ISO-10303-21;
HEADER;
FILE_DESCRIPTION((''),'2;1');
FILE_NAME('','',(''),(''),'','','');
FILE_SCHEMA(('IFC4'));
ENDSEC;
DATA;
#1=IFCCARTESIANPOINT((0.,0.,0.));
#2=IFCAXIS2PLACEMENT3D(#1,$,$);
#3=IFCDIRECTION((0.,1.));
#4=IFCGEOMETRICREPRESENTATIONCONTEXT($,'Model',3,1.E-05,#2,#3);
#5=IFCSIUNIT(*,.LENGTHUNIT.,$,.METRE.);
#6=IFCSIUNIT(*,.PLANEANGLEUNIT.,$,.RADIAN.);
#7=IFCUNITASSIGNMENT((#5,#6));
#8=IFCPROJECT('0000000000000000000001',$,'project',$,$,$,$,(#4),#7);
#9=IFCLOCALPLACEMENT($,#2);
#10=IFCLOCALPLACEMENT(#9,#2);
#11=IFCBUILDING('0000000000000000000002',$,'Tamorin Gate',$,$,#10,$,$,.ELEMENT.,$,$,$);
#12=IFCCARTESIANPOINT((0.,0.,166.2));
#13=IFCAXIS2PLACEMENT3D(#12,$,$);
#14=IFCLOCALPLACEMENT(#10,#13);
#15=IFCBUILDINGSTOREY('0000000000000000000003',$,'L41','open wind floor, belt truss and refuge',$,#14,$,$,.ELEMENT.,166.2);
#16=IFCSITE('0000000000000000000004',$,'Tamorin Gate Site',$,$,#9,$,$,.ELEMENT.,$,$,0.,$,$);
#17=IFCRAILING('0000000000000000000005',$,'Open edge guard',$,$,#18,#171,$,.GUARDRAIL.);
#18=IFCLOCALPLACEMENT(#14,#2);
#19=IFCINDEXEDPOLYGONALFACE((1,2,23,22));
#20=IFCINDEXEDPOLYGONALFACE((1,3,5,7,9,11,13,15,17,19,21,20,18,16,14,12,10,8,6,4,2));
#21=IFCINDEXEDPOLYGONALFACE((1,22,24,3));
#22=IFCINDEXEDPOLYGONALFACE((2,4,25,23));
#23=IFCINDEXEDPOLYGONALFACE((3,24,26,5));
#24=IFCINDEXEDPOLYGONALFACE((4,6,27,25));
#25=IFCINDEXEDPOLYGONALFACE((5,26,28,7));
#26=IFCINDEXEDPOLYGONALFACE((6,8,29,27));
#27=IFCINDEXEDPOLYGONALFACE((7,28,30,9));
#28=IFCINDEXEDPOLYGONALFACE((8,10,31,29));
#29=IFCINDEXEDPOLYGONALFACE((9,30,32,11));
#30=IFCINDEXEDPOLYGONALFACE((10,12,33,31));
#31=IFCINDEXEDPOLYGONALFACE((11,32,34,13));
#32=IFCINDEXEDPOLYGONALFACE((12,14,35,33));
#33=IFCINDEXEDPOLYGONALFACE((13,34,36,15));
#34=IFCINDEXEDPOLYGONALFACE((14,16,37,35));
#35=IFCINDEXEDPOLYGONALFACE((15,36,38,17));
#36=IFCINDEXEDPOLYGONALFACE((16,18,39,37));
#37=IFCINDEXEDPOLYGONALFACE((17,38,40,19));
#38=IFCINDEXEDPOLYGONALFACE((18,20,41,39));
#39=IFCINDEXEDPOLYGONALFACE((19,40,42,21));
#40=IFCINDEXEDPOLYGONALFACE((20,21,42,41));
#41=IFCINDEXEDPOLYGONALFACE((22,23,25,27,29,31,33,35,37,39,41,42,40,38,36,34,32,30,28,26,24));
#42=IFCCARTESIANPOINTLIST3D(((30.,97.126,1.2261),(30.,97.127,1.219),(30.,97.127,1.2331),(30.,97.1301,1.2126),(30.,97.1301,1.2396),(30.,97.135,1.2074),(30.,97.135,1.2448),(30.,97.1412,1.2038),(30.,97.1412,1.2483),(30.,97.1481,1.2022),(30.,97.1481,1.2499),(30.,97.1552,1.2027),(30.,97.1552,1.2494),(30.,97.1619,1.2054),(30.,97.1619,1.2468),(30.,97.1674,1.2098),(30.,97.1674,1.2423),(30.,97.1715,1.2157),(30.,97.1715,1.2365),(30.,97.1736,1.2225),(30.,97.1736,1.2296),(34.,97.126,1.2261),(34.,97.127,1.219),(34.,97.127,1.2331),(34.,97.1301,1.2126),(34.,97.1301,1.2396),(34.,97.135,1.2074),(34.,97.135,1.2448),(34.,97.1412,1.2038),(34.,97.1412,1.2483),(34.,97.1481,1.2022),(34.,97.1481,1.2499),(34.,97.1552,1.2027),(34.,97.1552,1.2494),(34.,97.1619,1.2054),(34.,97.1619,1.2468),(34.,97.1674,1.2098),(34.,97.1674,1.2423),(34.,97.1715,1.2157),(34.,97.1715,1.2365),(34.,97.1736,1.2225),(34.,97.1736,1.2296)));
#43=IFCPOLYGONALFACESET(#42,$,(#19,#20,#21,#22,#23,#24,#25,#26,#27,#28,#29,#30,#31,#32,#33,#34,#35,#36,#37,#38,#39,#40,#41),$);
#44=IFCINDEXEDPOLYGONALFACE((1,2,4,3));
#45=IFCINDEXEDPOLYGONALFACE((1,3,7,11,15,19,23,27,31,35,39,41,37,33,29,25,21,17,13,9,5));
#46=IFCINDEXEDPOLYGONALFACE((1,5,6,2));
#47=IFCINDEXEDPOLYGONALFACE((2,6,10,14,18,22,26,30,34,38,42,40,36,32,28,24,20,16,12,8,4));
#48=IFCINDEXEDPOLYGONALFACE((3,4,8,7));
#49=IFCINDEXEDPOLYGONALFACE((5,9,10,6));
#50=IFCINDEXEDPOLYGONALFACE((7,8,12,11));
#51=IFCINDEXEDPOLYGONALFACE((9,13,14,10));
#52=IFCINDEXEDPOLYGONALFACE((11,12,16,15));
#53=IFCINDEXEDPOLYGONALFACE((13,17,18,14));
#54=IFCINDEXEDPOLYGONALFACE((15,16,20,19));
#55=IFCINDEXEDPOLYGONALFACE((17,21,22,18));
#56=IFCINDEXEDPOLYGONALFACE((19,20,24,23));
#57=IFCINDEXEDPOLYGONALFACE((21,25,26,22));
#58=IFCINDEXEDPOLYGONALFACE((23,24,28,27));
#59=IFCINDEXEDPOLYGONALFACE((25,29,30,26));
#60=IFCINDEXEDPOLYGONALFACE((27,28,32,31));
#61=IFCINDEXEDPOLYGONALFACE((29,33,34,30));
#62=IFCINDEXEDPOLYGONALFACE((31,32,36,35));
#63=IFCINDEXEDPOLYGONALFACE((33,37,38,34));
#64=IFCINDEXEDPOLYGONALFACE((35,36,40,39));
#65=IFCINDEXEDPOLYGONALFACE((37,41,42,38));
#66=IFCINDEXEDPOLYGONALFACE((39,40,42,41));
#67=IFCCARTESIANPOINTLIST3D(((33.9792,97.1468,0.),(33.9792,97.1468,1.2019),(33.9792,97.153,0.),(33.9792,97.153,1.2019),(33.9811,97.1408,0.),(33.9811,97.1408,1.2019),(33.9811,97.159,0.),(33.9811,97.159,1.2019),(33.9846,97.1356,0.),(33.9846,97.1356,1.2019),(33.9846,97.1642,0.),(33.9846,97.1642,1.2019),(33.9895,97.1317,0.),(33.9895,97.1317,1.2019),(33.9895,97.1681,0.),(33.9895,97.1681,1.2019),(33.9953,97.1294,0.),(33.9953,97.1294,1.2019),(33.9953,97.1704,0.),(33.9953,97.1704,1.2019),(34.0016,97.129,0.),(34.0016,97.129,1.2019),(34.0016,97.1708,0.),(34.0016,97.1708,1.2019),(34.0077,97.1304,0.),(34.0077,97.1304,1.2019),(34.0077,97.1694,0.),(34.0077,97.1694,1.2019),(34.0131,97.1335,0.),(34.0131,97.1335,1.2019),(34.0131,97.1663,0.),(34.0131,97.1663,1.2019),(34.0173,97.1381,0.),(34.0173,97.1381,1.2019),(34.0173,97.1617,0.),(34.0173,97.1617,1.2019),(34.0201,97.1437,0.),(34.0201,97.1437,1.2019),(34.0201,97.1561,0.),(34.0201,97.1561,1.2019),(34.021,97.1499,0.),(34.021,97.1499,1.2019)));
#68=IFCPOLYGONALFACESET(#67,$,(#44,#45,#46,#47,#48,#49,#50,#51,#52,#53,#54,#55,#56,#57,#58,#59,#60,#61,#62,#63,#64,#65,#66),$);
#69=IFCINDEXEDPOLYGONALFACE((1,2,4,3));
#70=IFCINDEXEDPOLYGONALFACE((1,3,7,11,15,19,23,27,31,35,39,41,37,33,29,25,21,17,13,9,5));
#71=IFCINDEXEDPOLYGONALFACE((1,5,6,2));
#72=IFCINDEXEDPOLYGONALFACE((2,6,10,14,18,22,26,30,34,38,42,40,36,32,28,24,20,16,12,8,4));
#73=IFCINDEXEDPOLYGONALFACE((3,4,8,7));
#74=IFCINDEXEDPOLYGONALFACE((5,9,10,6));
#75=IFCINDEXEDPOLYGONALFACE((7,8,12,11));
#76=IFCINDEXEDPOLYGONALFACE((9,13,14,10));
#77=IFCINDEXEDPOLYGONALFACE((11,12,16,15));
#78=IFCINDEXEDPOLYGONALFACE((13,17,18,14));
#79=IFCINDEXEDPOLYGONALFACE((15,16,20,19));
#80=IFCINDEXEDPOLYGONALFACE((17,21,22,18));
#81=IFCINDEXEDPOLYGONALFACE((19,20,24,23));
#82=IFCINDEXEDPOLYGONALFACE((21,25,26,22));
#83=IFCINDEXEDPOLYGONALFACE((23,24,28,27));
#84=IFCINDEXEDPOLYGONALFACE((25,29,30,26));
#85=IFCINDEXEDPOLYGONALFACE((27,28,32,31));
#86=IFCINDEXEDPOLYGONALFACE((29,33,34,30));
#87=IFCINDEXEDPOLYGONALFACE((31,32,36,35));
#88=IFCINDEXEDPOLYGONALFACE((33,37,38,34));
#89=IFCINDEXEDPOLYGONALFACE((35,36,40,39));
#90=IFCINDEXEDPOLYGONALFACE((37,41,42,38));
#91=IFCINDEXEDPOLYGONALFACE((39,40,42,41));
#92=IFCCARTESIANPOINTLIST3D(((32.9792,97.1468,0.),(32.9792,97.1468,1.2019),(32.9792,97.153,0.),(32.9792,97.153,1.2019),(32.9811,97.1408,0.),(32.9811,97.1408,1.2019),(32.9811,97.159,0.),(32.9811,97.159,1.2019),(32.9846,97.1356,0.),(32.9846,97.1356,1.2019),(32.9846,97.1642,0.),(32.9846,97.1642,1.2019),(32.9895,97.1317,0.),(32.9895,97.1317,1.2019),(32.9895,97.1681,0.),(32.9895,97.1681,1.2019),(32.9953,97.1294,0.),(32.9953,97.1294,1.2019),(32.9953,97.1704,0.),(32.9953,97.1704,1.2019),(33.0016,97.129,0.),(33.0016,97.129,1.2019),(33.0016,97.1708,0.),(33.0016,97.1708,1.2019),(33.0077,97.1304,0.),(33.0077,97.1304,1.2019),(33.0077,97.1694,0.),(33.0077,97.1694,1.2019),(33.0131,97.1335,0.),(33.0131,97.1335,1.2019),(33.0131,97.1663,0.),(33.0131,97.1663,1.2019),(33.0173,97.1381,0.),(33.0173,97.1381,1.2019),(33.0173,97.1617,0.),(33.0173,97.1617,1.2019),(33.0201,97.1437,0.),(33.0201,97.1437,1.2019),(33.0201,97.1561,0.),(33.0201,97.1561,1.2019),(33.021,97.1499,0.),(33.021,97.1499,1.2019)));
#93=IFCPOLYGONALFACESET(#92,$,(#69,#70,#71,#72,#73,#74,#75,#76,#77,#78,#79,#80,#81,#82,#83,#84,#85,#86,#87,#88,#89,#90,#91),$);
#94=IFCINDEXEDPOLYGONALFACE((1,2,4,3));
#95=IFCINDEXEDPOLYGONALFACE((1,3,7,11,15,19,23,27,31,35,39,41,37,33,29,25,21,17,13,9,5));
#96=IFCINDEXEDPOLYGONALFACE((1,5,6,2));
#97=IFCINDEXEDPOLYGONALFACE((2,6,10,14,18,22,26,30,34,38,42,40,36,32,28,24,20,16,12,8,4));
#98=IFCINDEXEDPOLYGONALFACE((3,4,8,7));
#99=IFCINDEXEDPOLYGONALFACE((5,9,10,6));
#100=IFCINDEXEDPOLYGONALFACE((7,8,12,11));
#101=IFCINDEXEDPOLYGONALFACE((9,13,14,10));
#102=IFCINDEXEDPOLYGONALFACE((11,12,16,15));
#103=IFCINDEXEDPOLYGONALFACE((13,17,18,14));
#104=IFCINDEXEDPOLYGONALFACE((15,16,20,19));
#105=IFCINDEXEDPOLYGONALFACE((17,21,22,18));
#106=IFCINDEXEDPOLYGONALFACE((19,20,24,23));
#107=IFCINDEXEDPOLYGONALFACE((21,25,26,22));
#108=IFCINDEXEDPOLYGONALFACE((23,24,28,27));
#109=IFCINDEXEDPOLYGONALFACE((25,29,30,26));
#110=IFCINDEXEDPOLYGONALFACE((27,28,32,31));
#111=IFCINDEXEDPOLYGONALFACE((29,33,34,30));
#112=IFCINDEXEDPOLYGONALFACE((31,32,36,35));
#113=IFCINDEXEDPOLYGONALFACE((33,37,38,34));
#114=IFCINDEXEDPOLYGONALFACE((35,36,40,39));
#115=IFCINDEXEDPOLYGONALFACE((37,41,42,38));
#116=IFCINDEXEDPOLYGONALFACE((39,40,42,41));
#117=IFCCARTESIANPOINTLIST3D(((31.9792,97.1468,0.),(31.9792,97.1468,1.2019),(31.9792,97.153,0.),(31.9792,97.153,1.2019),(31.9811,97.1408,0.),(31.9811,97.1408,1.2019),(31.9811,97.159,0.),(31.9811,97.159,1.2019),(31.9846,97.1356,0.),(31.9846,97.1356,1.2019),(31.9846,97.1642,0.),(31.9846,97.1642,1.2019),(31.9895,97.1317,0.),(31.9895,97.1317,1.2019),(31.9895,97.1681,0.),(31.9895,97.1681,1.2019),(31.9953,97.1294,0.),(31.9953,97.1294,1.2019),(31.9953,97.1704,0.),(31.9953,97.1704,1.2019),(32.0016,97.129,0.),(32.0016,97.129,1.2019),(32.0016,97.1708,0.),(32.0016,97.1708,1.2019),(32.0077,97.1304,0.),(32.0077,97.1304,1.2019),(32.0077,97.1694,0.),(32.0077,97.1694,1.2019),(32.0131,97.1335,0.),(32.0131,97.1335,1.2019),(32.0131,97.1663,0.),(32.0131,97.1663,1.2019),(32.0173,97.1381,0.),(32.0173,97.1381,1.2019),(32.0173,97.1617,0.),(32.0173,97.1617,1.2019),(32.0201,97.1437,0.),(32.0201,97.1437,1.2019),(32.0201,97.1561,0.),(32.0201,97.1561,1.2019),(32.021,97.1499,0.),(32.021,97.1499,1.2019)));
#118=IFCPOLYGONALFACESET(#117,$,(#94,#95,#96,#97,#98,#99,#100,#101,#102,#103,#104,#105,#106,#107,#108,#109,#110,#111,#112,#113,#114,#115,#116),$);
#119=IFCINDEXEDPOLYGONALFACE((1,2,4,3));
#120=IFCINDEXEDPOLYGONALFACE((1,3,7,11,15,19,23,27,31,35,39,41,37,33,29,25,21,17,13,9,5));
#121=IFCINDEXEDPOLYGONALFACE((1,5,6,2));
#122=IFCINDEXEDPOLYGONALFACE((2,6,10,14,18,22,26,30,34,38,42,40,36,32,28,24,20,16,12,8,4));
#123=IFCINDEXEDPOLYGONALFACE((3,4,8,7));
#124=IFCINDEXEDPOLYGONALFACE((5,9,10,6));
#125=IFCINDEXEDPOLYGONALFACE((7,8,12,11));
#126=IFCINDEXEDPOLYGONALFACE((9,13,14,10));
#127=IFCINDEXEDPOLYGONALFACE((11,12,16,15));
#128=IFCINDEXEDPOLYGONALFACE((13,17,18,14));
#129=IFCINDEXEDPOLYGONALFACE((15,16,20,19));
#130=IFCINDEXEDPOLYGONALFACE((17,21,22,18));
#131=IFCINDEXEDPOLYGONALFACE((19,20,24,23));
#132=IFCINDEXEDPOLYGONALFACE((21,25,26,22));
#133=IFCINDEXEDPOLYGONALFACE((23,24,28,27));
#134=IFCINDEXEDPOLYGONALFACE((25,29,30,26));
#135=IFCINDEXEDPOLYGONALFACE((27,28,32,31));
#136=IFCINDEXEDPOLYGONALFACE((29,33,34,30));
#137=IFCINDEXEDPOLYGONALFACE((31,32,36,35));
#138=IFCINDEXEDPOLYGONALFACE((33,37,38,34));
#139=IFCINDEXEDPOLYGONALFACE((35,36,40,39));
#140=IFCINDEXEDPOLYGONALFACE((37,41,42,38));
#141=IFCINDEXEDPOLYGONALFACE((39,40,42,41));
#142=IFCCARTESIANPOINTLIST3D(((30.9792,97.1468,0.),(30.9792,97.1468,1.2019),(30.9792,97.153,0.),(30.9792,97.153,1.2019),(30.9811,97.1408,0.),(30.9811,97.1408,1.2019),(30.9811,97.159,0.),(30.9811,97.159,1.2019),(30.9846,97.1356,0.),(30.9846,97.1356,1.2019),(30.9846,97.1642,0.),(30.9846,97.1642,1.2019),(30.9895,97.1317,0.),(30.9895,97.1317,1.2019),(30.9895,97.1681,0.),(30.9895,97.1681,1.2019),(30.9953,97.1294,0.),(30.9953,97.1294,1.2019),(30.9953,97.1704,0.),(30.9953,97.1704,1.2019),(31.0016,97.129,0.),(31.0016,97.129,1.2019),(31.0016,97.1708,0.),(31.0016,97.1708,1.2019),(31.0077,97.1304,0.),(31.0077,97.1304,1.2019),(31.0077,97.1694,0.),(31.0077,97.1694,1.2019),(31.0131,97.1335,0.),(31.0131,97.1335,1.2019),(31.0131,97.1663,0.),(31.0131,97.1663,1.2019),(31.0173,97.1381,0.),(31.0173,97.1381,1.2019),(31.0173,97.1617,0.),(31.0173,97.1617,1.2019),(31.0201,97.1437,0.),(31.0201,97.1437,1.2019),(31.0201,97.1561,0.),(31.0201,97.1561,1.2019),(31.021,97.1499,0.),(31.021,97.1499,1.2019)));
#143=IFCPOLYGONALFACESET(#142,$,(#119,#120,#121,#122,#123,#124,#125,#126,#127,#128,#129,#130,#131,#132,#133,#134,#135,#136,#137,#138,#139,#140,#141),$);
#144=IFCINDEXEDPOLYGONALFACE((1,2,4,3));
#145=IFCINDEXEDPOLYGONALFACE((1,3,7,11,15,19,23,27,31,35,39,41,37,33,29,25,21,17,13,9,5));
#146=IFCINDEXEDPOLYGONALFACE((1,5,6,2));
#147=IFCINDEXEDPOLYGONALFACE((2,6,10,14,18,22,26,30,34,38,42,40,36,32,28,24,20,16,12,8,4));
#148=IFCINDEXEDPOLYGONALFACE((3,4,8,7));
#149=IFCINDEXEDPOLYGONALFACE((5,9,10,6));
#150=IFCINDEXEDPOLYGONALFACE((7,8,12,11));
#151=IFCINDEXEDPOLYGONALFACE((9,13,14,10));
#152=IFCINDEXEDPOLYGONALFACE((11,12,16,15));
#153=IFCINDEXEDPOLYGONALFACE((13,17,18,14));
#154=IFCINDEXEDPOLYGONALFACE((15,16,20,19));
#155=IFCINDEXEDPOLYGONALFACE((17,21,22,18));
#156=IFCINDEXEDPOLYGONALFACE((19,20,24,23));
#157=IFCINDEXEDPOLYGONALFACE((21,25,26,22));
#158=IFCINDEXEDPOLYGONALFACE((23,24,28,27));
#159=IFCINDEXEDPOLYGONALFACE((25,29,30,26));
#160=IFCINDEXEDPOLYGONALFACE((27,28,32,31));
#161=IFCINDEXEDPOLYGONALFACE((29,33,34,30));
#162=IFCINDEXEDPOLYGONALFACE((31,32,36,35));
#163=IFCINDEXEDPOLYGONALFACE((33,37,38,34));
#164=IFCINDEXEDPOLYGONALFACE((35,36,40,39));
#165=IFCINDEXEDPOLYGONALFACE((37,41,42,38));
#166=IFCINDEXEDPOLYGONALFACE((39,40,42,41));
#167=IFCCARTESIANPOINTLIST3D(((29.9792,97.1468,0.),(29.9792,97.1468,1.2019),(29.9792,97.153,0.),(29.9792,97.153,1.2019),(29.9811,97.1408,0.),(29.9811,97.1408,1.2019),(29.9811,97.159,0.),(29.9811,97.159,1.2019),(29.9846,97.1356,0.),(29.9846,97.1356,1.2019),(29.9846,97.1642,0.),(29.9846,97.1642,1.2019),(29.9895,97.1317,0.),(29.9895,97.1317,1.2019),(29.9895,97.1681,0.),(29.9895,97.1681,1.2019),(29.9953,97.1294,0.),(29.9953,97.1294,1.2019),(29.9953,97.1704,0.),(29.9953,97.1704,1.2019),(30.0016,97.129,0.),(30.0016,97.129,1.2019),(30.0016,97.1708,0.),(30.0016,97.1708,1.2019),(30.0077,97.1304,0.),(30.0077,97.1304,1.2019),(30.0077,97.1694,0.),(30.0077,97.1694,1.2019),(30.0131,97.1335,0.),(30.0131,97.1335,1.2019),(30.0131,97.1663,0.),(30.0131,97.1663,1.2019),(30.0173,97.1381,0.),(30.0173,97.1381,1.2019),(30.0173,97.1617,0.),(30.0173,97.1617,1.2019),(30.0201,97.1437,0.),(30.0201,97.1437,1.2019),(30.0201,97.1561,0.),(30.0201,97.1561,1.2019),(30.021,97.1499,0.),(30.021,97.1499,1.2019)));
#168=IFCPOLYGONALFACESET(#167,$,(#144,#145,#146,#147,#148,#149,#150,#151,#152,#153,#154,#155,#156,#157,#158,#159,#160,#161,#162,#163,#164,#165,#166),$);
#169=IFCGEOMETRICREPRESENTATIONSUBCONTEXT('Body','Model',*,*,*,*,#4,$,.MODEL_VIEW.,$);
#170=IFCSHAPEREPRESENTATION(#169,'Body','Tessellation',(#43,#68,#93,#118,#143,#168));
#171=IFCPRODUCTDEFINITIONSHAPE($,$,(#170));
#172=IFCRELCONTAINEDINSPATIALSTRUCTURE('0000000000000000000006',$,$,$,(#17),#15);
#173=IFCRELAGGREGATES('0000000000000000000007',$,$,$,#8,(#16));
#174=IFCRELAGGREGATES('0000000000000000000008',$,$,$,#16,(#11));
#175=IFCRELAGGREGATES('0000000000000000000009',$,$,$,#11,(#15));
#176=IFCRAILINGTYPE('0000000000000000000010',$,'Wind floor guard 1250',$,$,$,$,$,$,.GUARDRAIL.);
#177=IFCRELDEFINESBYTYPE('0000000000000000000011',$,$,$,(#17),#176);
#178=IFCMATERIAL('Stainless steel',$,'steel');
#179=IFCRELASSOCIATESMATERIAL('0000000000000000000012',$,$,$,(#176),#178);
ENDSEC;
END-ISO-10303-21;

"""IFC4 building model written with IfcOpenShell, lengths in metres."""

from ifc_helpers import new_model, si_unit, direction, frame, origin, origin_2d, place, context, subcontext, project, spatial, circle, extrude, material, type_object, element, save


model = new_model("IFC4")

# Units and contexts
model_context = context("Model", 3, precision=1e-05, world=origin(), true_north=direction((0.0, 1.0)))
body_context = subcontext(model_context, "Body", "Model", "MODEL_VIEW")
ifc_project = project(units=[si_unit("LENGTHUNIT", "METRE"), si_unit("PLANEANGLEUNIT", "RADIAN")], contexts=[model_context])

# Site, building, storey
site_placement = place(None, origin())
site = spatial("IfcSite", under=ifc_project, at=site_placement, Name="Tamorin Gate Site", CompositionType="ELEMENT", RefElevation=0.0)
building_placement = place(site_placement, origin())
building = spatial("IfcBuilding", under=site, at=building_placement, Name="Tamorin Gate", CompositionType="ELEMENT")
storey_placement = place(building_placement, frame((0.0, 0.0, 166.2)))
storey = spatial("IfcBuildingStorey", under=building, at=storey_placement, Name="L41", Description="open wind floor, belt truss and refuge", CompositionType="ELEMENT", Elevation=166.2)

# Railing
ifc_material_1 = material(Name="Stainless steel", Category="steel")
railing_type = type_object("IfcRailingType", Name="Wind floor guard 1250", PredefinedType="GUARDRAIL", material=ifc_material_1)
railing_1_placement = place(storey_placement, frame((34.0, 97.1499, 0.0)))
element("IfcRailing", 1, at=railing_1_placement, inside=storey, type_object=railing_type, Name="Open edge guard", PredefinedType="GUARDRAIL", context=body_context, shape_type="SweptSolid", body=[
    extrude(circle(Radius=0.0239, at=origin_2d()), frame((0.0, 0.0, 1.2261), z_axis=(-1.0, 0.0, 0.0), x_axis=(0.0, -1.0, 0.0)), (0.0, 0.0, 1.0), 4.0),
    extrude(circle(Radius=0.021, at=origin_2d()), origin(), (0.0, 0.0, 1.0), 1.2019),
    extrude(circle(Radius=0.021, at=origin_2d()), frame((-1.0, 0.0, 0.0)), (0.0, 0.0, 1.0), 1.2019),
    extrude(circle(Radius=0.021, at=origin_2d()), frame((-2.0, 0.0, 0.0)), (0.0, 0.0, 1.0), 1.2019),
    extrude(circle(Radius=0.021, at=origin_2d()), frame((-3.0, 0.0, 0.0)), (0.0, 0.0, 1.0), 1.2019),
    extrude(circle(Radius=0.021, at=origin_2d()), frame((-4.0, 0.0, 0.0)), (0.0, 0.0, 1.0), 1.2019),
])

save(model, "model.ifc")
